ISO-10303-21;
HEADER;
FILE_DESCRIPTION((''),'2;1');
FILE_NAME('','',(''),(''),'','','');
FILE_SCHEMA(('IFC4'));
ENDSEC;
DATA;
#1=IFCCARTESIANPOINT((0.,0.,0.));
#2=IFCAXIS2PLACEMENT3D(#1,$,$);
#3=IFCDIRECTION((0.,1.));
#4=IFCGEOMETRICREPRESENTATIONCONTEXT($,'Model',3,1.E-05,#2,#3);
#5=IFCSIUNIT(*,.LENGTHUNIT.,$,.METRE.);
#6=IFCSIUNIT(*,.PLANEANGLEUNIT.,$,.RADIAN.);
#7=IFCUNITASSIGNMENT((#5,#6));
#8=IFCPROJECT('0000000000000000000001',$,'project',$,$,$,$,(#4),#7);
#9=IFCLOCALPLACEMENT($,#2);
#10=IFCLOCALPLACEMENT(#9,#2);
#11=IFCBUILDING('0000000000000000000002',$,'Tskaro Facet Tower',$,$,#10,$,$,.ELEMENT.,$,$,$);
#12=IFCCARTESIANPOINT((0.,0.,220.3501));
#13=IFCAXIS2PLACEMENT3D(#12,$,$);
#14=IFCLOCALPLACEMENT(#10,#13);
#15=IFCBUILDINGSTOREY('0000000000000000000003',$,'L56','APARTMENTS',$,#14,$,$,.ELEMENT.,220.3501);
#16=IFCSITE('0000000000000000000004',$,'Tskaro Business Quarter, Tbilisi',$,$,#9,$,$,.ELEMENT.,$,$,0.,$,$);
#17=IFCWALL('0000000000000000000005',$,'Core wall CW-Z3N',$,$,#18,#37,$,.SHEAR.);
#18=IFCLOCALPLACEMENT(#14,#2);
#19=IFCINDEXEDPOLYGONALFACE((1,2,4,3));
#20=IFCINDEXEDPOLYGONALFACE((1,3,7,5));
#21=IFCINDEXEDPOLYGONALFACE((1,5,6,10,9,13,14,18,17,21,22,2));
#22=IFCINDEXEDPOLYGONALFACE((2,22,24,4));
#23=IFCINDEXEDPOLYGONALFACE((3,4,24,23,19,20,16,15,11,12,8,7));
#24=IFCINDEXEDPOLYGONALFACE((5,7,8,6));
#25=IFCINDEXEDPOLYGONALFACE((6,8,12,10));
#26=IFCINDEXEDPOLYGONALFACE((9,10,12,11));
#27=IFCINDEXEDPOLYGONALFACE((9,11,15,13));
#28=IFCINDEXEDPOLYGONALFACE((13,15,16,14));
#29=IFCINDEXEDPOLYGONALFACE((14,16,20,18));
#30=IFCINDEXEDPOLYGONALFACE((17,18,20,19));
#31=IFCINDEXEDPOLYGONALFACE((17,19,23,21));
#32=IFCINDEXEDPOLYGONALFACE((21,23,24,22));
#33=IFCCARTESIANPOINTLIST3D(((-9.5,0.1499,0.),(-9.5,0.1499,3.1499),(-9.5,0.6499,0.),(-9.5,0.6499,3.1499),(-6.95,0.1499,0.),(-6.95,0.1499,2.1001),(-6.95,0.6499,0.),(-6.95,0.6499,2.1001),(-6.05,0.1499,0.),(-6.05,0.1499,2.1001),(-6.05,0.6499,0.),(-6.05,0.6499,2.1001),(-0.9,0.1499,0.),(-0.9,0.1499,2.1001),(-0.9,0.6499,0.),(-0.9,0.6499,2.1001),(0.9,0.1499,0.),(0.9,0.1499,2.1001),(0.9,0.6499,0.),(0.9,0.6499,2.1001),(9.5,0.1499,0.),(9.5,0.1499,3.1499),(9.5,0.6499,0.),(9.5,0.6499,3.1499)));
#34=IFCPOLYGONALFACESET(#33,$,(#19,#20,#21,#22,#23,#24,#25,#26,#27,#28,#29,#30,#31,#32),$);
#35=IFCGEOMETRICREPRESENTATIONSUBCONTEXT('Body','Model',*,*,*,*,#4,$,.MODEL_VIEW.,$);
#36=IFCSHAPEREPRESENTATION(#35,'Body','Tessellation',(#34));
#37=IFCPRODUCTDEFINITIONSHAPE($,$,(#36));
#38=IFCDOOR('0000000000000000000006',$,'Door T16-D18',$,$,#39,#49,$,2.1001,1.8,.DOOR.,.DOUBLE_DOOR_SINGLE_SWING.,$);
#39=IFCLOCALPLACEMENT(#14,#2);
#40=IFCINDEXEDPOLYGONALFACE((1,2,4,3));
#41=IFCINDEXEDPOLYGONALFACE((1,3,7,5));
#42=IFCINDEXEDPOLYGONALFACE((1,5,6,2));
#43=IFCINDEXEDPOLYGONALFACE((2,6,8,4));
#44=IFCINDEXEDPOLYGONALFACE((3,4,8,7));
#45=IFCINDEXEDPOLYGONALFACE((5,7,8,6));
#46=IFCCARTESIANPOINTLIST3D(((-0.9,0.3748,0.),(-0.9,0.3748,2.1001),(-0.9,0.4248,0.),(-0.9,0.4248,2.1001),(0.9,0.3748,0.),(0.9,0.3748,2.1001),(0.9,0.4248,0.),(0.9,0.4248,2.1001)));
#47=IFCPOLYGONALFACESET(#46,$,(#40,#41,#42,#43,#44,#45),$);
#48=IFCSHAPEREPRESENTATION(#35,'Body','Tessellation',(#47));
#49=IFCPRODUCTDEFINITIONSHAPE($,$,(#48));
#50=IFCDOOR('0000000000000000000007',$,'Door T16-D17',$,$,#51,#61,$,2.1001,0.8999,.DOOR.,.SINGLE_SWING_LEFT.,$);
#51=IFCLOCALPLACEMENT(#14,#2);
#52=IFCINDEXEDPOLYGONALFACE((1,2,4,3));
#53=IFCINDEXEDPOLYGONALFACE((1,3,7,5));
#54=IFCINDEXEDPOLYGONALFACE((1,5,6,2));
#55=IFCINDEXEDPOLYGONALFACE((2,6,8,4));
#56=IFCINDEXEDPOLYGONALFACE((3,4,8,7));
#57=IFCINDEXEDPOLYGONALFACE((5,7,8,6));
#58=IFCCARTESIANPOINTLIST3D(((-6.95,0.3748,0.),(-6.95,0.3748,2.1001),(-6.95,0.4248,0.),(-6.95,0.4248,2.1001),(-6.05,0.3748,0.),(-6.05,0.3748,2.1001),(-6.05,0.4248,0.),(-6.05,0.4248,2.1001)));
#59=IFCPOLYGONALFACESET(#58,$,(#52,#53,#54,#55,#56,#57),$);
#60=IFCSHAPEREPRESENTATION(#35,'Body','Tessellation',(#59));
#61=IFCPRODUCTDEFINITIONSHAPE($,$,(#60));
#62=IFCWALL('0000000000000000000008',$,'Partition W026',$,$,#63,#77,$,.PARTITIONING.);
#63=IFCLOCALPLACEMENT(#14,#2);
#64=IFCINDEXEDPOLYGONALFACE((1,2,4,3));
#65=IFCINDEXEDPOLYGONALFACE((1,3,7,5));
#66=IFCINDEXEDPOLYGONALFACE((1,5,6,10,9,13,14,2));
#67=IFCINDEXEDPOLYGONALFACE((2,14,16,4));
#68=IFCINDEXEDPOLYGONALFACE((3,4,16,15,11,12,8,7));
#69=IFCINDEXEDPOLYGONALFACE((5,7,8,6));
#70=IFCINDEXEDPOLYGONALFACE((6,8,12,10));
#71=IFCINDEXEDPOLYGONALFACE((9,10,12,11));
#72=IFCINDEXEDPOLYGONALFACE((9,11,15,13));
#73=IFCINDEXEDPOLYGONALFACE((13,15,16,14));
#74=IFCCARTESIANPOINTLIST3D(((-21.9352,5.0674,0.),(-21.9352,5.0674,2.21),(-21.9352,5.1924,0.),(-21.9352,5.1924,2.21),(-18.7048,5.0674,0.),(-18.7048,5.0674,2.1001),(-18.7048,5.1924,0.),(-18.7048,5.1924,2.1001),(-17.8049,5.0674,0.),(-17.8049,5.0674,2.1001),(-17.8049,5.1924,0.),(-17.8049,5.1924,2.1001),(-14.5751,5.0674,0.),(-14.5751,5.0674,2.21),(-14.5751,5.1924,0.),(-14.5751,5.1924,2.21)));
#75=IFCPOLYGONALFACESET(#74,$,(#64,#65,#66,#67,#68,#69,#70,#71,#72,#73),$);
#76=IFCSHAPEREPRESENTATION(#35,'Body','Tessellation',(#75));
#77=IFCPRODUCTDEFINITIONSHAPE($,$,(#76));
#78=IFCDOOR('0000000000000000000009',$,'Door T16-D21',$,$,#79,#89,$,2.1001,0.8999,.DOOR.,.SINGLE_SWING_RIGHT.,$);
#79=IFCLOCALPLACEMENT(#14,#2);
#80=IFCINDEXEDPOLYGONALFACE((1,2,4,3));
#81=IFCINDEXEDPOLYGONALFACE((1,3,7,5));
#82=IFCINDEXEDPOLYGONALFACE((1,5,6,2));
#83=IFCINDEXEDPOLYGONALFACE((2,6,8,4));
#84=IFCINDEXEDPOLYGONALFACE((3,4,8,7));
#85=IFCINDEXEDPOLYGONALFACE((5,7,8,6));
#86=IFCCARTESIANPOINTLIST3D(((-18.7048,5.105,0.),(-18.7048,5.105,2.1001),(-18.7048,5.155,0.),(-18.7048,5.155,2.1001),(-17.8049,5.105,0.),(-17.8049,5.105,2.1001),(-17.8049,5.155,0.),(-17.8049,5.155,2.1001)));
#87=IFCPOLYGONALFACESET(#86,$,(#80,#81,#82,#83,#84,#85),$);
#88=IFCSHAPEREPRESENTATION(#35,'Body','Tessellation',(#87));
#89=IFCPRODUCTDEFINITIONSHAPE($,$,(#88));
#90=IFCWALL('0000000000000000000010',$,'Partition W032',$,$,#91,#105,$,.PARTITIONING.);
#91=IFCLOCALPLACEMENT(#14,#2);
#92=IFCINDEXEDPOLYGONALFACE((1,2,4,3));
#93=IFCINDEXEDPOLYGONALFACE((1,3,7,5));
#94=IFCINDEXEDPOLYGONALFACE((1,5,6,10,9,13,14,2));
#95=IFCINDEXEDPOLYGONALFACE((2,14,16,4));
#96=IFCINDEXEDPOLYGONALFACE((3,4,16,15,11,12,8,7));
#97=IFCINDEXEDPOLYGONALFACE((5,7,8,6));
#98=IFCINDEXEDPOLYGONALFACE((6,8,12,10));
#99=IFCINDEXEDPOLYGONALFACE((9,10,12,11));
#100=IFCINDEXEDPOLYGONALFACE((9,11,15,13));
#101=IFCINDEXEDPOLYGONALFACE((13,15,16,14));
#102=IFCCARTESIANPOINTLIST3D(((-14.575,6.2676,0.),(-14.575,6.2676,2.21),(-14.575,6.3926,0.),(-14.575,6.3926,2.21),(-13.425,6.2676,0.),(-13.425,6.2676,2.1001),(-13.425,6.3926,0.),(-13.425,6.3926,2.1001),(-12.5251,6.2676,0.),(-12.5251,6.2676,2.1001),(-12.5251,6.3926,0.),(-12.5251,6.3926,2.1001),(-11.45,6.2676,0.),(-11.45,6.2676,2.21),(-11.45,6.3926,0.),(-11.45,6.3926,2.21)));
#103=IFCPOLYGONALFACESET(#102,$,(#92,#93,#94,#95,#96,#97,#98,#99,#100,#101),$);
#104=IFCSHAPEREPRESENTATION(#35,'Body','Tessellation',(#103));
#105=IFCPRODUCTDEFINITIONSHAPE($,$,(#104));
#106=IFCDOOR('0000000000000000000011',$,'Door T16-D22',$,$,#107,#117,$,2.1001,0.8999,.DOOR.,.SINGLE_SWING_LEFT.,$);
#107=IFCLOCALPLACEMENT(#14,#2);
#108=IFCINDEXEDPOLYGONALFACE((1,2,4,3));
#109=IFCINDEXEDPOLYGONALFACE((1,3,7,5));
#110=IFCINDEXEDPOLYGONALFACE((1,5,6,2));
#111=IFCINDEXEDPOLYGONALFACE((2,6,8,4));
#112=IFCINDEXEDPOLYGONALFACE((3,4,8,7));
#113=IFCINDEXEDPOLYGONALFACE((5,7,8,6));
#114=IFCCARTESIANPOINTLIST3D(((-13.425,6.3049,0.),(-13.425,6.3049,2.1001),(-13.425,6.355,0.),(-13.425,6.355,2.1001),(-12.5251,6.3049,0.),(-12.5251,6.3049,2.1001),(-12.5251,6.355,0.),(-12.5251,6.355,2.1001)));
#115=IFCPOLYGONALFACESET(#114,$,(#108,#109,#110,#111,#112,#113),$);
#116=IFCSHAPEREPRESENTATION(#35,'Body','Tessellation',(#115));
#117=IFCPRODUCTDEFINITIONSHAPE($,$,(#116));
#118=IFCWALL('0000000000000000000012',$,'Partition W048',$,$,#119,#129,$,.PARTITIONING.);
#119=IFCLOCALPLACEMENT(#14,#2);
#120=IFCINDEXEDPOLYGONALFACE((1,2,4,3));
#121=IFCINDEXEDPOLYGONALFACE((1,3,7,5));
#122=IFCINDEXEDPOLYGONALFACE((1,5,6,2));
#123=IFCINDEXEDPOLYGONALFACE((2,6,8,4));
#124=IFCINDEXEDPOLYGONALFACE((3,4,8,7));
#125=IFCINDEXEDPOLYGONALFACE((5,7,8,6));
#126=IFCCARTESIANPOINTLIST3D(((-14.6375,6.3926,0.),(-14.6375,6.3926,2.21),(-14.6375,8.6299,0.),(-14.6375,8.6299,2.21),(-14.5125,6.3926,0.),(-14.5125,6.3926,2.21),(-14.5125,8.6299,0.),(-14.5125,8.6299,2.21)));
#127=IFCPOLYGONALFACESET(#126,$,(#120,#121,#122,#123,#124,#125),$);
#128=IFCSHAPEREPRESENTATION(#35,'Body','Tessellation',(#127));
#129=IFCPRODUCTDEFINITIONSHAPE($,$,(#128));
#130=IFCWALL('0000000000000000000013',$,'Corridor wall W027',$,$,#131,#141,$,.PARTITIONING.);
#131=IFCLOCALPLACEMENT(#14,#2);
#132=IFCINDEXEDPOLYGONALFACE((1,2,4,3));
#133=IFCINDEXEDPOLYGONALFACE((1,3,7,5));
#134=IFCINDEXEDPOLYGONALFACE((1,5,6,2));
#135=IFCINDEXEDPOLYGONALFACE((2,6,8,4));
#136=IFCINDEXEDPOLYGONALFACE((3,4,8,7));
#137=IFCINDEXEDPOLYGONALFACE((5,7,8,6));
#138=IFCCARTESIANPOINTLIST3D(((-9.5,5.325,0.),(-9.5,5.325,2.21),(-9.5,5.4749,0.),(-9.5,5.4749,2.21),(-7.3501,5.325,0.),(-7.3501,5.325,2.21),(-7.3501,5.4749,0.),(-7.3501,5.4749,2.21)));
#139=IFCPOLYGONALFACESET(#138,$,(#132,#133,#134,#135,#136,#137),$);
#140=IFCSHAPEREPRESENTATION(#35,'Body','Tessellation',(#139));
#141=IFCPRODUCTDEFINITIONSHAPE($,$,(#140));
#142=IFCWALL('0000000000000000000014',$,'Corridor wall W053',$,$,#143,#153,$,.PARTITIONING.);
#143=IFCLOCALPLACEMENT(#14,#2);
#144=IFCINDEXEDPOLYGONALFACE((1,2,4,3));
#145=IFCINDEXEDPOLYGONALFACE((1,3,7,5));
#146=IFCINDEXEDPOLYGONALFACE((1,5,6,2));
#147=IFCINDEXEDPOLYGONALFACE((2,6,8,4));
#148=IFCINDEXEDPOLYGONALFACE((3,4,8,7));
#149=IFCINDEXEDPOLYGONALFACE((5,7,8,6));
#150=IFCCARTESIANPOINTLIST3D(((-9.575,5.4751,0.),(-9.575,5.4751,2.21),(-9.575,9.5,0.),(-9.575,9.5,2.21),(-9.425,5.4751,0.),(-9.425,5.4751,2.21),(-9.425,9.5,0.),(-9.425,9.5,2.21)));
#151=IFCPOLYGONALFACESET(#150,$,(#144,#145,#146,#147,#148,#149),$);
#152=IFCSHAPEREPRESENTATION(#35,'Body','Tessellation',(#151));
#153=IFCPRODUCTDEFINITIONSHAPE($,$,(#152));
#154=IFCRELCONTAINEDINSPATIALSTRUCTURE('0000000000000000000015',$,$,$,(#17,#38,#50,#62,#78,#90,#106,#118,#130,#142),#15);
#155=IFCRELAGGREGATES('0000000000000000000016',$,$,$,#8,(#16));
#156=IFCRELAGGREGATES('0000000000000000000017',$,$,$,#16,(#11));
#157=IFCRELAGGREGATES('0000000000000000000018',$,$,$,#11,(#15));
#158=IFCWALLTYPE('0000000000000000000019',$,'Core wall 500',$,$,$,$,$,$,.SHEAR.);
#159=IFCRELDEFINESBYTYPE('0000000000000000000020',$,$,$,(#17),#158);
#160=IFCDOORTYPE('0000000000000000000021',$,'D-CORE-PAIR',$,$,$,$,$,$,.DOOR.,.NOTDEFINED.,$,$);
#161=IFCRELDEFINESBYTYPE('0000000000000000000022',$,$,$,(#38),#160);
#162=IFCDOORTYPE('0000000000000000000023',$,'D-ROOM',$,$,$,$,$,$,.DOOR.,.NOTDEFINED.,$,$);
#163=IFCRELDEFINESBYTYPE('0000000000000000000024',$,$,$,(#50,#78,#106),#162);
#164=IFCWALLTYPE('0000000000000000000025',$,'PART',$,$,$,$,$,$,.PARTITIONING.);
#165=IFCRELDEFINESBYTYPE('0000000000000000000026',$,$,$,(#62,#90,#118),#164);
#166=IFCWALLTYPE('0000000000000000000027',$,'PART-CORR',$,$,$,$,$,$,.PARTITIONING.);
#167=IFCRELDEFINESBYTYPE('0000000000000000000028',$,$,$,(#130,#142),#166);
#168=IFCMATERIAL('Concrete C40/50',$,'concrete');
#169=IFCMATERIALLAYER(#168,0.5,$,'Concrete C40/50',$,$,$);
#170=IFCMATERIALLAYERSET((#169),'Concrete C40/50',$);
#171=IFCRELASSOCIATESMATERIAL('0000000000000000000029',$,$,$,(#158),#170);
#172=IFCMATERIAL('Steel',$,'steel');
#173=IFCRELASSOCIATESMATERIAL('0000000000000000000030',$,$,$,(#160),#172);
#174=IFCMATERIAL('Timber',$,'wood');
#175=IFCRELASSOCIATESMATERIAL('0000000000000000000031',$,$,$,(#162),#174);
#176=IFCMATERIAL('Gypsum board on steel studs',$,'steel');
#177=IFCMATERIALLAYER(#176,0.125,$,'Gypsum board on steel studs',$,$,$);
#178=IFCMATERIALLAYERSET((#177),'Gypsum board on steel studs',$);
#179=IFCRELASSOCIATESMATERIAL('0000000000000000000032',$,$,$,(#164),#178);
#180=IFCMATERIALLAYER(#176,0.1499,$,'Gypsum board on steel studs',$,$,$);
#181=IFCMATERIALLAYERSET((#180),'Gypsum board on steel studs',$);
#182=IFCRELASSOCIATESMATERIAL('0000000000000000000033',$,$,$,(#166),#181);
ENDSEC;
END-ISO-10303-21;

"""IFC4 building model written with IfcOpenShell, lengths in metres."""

from ifc_helpers import new_model, si_unit, direction, frame, frame_2d, origin, place, context, subcontext, project, spatial, rectangle, extrude, material, layer, layer_set, type_object, element, fill, save


model = new_model("IFC4")

# Units and contexts
model_context = context("Model", 3, precision=1e-05, world=origin(), true_north=direction((0.0, 1.0)))
body_context = subcontext(model_context, "Body", "Model", "MODEL_VIEW")
ifc_project = project(units=[si_unit("LENGTHUNIT", "METRE"), si_unit("PLANEANGLEUNIT", "RADIAN")], contexts=[model_context])

# Site, building, storey
site_placement = place(None, origin())
site = spatial("IfcSite", under=ifc_project, at=site_placement, Name="Tskaro Business Quarter, Tbilisi", CompositionType="ELEMENT", RefElevation=0.0)
building_placement = place(site_placement, origin())
building = spatial("IfcBuilding", under=site, at=building_placement, Name="Tskaro Facet Tower", CompositionType="ELEMENT")
storey_placement = place(building_placement, frame((0.0, 0.0, 220.3501)))
storey = spatial("IfcBuildingStorey", under=building, at=storey_placement, Name="L56", Description="APARTMENTS", CompositionType="ELEMENT", Elevation=220.3501)

# Wall, openings, doors
ifc_material_1 = material(Name="Concrete C40/50", Category="concrete")
ifc_layer_1 = layer(ifc_material_1, 0.5, Name="Concrete C40/50")
ifc_layer_set_1 = layer_set([ifc_layer_1], Name="Concrete C40/50")
wall_type_1 = type_object("IfcWallType", Name="Core wall 500", PredefinedType="SHEAR", material=ifc_layer_set_1)
wall_1_placement = place(storey_placement, frame((-9.5, 0.3999, 0.0), z_axis=(0.0, 0.0, 1.0), x_axis=(1.0, 0.0, 0.0)))
wall_1 = element("IfcWall", 1, at=wall_1_placement, inside=storey, type_object=wall_type_1, Name="Core wall CW-Z3N", PredefinedType="SHEAR", context=body_context, shape_type="SweptSolid", body=[
    extrude(rectangle(XDim=19.0, YDim=0.5, at=frame_2d((9.5, 0.0))), origin(), (0.0, 0.0, 1.0), 3.1499),
])
opening_1_placement = place(wall_1_placement, frame((8.6001, 0.0, 0.0)))
opening_1 = element("IfcOpeningElement", 2, at=opening_1_placement, cuts=wall_1, PredefinedType="OPENING", context=body_context, shape_type="SweptSolid", body=[
    extrude(rectangle(XDim=1.8, YDim=2.1001, at=frame_2d((0.8999, 1.05))), frame((0.0, 0.26, 0.0), z_axis=(0.0, -1.0, 0.0), x_axis=(1.0, 0.0, 0.0)), (0.0, 0.0, 1.0), 0.52),
])
opening_2_placement = place(wall_1_placement, frame((2.55, 0.0, 0.0)))
opening_2 = element("IfcOpeningElement", 3, at=opening_2_placement, cuts=wall_1, PredefinedType="OPENING", context=body_context, shape_type="SweptSolid", body=[
    extrude(rectangle(XDim=0.8999, YDim=2.1001, at=frame_2d((0.45, 1.05))), frame((0.0, 0.26, 0.0), z_axis=(0.0, -1.0, 0.0), x_axis=(1.0, 0.0, 0.0)), (0.0, 0.0, 1.0), 0.52),
])
ifc_material_2 = material(Name="Steel", Category="steel")
door_type_1 = type_object("IfcDoorType", Name="D-CORE-PAIR", OperationType="NOTDEFINED", PredefinedType="DOOR", material=ifc_material_2)
door_1_placement = place(opening_1_placement, origin())
door_1 = element("IfcDoor", 4, at=door_1_placement, inside=storey, type_object=door_type_1, Name="Door T16-D18", OperationType="DOUBLE_DOOR_SINGLE_SWING", OverallHeight=2.1001, OverallWidth=1.8, PredefinedType="DOOR", context=body_context, shape_type="SweptSolid", body=[
    extrude(rectangle(XDim=1.8, YDim=2.1001, at=frame_2d((0.8999, 1.05))), frame((0.0, 0.0249, 0.0), z_axis=(0.0, -1.0, 0.0), x_axis=(1.0, 0.0, 0.0)), (0.0, 0.0, 1.0), 0.05),
])
fill(opening_1, door_1)
ifc_material_3 = material(Name="Timber", Category="wood")
door_type_2 = type_object("IfcDoorType", Name="D-ROOM", OperationType="NOTDEFINED", PredefinedType="DOOR", material=ifc_material_3)
door_2_placement = place(opening_2_placement, origin())
door_2 = element("IfcDoor", 5, at=door_2_placement, inside=storey, type_object=door_type_2, Name="Door T16-D17", OperationType="SINGLE_SWING_LEFT", OverallHeight=2.1001, OverallWidth=0.8999, PredefinedType="DOOR", context=body_context, shape_type="SweptSolid", body=[
    extrude(rectangle(XDim=0.8999, YDim=2.1001, at=frame_2d((0.45, 1.05))), frame((0.0, 0.0249, 0.0), z_axis=(0.0, -1.0, 0.0), x_axis=(1.0, 0.0, 0.0)), (0.0, 0.0, 1.0), 0.05),
])
fill(opening_2, door_2)

# Walls, openings, doors
ifc_material_4 = material(Name="Gypsum board on steel studs", Category="steel")
ifc_layer_2 = layer(ifc_material_4, 0.125, Name="Gypsum board on steel studs")
ifc_layer_set_2 = layer_set([ifc_layer_2], Name="Gypsum board on steel studs")
wall_type_2 = type_object("IfcWallType", Name="PART", PredefinedType="PARTITIONING", material=ifc_layer_set_2)
wall_2_placement = place(storey_placement, frame((-14.575, 5.1299, 0.0), z_axis=(0.0, 0.0, 1.0), x_axis=(-1.0, 0.0, 0.0)))
wall_2 = element("IfcWall", 6, at=wall_2_placement, inside=storey, type_object=wall_type_2, Name="Partition W026", PredefinedType="PARTITIONING", context=body_context, shape_type="SweptSolid", body=[
    extrude(rectangle(XDim=7.3601, YDim=0.125, at=frame_2d((3.6802, 0.0))), origin(), (0.0, 0.0, 1.0), 2.21),
])
opening_3_placement = place(wall_2_placement, frame((3.23, 0.0, 0.0)))
opening_3 = element("IfcOpeningElement", 7, at=opening_3_placement, cuts=wall_2, PredefinedType="OPENING", context=body_context, shape_type="SweptSolid", body=[
    extrude(rectangle(XDim=0.8999, YDim=2.1001, at=frame_2d((0.45, 1.05))), frame((0.0, 0.0725, 0.0), z_axis=(0.0, -1.0, 0.0), x_axis=(1.0, 0.0, 0.0)), (0.0, 0.0, 1.0), 0.145),
])
door_3_placement = place(opening_3_placement, origin())
door_3 = element("IfcDoor", 8, at=door_3_placement, inside=storey, type_object=door_type_2, Name="Door T16-D21", OperationType="SINGLE_SWING_RIGHT", OverallHeight=2.1001, OverallWidth=0.8999, PredefinedType="DOOR", context=body_context, shape_type="SweptSolid", body=[
    extrude(rectangle(XDim=0.8999, YDim=2.1001, at=frame_2d((0.45, 1.05))), frame((0.0, 0.0249, 0.0), z_axis=(0.0, -1.0, 0.0), x_axis=(1.0, 0.0, 0.0)), (0.0, 0.0, 1.0), 0.05),
])
fill(opening_3, door_3)
wall_3_placement = place(storey_placement, frame((-14.575, 6.3301, 0.0), z_axis=(0.0, 0.0, 1.0), x_axis=(1.0, 0.0, 0.0)))
wall_3 = element("IfcWall", 9, at=wall_3_placement, inside=storey, type_object=wall_type_2, Name="Partition W032", PredefinedType="PARTITIONING", context=body_context, shape_type="SweptSolid", body=[
    extrude(rectangle(XDim=3.125, YDim=0.125, at=frame_2d((1.5625, 0.0))), origin(), (0.0, 0.0, 1.0), 2.21),
])
opening_4_placement = place(wall_3_placement, frame((1.1499, 0.0, 0.0)))
opening_4 = element("IfcOpeningElement", 10, at=opening_4_placement, cuts=wall_3, PredefinedType="OPENING", context=body_context, shape_type="SweptSolid", body=[
    extrude(rectangle(XDim=0.8999, YDim=2.1001, at=frame_2d((0.45, 1.05))), frame((0.0, 0.0725, 0.0), z_axis=(0.0, -1.0, 0.0), x_axis=(1.0, 0.0, 0.0)), (0.0, 0.0, 1.0), 0.145),
])
door_4_placement = place(opening_4_placement, origin())
door_4 = element("IfcDoor", 11, at=door_4_placement, inside=storey, type_object=door_type_2, Name="Door T16-D22", OperationType="SINGLE_SWING_LEFT", OverallHeight=2.1001, OverallWidth=0.8999, PredefinedType="DOOR", context=body_context, shape_type="SweptSolid", body=[
    extrude(rectangle(XDim=0.8999, YDim=2.1001, at=frame_2d((0.45, 1.05))), frame((0.0, 0.0249, 0.0), z_axis=(0.0, -1.0, 0.0), x_axis=(1.0, 0.0, 0.0)), (0.0, 0.0, 1.0), 0.05),
])
fill(opening_4, door_4)

# Walls
wall_4_placement = place(storey_placement, frame((-14.575, 6.3926, 0.0), z_axis=(0.0, 0.0, 1.0), x_axis=(0.0, 1.0, 0.0)))
element("IfcWall", 12, at=wall_4_placement, inside=storey, type_object=wall_type_2, Name="Partition W048", PredefinedType="PARTITIONING", context=body_context, shape_type="SweptSolid", body=[
    extrude(rectangle(XDim=2.2373, YDim=0.125, at=frame_2d((1.1187, 0.0))), origin(), (0.0, 0.0, 1.0), 2.21),
])
ifc_layer_3 = layer(ifc_material_4, 0.1499, Name="Gypsum board on steel studs")
ifc_layer_set_3 = layer_set([ifc_layer_3], Name="Gypsum board on steel studs")
wall_type_3 = type_object("IfcWallType", Name="PART-CORR", PredefinedType="PARTITIONING", material=ifc_layer_set_3)
wall_5_placement = place(storey_placement, frame((-9.5, 5.3999, 0.0), z_axis=(0.0, 0.0, 1.0), x_axis=(1.0, 0.0, 0.0)))
element("IfcWall", 13, at=wall_5_placement, inside=storey, type_object=wall_type_3, Name="Corridor wall W027", PredefinedType="PARTITIONING", context=body_context, shape_type="SweptSolid", body=[
    extrude(rectangle(XDim=2.1499, YDim=0.1499, at=frame_2d((1.075, 0.0))), origin(), (0.0, 0.0, 1.0), 2.21),
])
wall_6_placement = place(storey_placement, frame((-9.5, 5.4751, 0.0), z_axis=(0.0, 0.0, 1.0), x_axis=(0.0, 1.0, 0.0)))
element("IfcWall", 14, at=wall_6_placement, inside=storey, type_object=wall_type_3, Name="Corridor wall W053", PredefinedType="PARTITIONING", context=body_context, shape_type="SweptSolid", body=[
    extrude(rectangle(XDim=4.0249, YDim=0.1499, at=frame_2d((2.0125, 0.0))), origin(), (0.0, 0.0, 1.0), 2.21),
])

save(model, "model.ifc")
